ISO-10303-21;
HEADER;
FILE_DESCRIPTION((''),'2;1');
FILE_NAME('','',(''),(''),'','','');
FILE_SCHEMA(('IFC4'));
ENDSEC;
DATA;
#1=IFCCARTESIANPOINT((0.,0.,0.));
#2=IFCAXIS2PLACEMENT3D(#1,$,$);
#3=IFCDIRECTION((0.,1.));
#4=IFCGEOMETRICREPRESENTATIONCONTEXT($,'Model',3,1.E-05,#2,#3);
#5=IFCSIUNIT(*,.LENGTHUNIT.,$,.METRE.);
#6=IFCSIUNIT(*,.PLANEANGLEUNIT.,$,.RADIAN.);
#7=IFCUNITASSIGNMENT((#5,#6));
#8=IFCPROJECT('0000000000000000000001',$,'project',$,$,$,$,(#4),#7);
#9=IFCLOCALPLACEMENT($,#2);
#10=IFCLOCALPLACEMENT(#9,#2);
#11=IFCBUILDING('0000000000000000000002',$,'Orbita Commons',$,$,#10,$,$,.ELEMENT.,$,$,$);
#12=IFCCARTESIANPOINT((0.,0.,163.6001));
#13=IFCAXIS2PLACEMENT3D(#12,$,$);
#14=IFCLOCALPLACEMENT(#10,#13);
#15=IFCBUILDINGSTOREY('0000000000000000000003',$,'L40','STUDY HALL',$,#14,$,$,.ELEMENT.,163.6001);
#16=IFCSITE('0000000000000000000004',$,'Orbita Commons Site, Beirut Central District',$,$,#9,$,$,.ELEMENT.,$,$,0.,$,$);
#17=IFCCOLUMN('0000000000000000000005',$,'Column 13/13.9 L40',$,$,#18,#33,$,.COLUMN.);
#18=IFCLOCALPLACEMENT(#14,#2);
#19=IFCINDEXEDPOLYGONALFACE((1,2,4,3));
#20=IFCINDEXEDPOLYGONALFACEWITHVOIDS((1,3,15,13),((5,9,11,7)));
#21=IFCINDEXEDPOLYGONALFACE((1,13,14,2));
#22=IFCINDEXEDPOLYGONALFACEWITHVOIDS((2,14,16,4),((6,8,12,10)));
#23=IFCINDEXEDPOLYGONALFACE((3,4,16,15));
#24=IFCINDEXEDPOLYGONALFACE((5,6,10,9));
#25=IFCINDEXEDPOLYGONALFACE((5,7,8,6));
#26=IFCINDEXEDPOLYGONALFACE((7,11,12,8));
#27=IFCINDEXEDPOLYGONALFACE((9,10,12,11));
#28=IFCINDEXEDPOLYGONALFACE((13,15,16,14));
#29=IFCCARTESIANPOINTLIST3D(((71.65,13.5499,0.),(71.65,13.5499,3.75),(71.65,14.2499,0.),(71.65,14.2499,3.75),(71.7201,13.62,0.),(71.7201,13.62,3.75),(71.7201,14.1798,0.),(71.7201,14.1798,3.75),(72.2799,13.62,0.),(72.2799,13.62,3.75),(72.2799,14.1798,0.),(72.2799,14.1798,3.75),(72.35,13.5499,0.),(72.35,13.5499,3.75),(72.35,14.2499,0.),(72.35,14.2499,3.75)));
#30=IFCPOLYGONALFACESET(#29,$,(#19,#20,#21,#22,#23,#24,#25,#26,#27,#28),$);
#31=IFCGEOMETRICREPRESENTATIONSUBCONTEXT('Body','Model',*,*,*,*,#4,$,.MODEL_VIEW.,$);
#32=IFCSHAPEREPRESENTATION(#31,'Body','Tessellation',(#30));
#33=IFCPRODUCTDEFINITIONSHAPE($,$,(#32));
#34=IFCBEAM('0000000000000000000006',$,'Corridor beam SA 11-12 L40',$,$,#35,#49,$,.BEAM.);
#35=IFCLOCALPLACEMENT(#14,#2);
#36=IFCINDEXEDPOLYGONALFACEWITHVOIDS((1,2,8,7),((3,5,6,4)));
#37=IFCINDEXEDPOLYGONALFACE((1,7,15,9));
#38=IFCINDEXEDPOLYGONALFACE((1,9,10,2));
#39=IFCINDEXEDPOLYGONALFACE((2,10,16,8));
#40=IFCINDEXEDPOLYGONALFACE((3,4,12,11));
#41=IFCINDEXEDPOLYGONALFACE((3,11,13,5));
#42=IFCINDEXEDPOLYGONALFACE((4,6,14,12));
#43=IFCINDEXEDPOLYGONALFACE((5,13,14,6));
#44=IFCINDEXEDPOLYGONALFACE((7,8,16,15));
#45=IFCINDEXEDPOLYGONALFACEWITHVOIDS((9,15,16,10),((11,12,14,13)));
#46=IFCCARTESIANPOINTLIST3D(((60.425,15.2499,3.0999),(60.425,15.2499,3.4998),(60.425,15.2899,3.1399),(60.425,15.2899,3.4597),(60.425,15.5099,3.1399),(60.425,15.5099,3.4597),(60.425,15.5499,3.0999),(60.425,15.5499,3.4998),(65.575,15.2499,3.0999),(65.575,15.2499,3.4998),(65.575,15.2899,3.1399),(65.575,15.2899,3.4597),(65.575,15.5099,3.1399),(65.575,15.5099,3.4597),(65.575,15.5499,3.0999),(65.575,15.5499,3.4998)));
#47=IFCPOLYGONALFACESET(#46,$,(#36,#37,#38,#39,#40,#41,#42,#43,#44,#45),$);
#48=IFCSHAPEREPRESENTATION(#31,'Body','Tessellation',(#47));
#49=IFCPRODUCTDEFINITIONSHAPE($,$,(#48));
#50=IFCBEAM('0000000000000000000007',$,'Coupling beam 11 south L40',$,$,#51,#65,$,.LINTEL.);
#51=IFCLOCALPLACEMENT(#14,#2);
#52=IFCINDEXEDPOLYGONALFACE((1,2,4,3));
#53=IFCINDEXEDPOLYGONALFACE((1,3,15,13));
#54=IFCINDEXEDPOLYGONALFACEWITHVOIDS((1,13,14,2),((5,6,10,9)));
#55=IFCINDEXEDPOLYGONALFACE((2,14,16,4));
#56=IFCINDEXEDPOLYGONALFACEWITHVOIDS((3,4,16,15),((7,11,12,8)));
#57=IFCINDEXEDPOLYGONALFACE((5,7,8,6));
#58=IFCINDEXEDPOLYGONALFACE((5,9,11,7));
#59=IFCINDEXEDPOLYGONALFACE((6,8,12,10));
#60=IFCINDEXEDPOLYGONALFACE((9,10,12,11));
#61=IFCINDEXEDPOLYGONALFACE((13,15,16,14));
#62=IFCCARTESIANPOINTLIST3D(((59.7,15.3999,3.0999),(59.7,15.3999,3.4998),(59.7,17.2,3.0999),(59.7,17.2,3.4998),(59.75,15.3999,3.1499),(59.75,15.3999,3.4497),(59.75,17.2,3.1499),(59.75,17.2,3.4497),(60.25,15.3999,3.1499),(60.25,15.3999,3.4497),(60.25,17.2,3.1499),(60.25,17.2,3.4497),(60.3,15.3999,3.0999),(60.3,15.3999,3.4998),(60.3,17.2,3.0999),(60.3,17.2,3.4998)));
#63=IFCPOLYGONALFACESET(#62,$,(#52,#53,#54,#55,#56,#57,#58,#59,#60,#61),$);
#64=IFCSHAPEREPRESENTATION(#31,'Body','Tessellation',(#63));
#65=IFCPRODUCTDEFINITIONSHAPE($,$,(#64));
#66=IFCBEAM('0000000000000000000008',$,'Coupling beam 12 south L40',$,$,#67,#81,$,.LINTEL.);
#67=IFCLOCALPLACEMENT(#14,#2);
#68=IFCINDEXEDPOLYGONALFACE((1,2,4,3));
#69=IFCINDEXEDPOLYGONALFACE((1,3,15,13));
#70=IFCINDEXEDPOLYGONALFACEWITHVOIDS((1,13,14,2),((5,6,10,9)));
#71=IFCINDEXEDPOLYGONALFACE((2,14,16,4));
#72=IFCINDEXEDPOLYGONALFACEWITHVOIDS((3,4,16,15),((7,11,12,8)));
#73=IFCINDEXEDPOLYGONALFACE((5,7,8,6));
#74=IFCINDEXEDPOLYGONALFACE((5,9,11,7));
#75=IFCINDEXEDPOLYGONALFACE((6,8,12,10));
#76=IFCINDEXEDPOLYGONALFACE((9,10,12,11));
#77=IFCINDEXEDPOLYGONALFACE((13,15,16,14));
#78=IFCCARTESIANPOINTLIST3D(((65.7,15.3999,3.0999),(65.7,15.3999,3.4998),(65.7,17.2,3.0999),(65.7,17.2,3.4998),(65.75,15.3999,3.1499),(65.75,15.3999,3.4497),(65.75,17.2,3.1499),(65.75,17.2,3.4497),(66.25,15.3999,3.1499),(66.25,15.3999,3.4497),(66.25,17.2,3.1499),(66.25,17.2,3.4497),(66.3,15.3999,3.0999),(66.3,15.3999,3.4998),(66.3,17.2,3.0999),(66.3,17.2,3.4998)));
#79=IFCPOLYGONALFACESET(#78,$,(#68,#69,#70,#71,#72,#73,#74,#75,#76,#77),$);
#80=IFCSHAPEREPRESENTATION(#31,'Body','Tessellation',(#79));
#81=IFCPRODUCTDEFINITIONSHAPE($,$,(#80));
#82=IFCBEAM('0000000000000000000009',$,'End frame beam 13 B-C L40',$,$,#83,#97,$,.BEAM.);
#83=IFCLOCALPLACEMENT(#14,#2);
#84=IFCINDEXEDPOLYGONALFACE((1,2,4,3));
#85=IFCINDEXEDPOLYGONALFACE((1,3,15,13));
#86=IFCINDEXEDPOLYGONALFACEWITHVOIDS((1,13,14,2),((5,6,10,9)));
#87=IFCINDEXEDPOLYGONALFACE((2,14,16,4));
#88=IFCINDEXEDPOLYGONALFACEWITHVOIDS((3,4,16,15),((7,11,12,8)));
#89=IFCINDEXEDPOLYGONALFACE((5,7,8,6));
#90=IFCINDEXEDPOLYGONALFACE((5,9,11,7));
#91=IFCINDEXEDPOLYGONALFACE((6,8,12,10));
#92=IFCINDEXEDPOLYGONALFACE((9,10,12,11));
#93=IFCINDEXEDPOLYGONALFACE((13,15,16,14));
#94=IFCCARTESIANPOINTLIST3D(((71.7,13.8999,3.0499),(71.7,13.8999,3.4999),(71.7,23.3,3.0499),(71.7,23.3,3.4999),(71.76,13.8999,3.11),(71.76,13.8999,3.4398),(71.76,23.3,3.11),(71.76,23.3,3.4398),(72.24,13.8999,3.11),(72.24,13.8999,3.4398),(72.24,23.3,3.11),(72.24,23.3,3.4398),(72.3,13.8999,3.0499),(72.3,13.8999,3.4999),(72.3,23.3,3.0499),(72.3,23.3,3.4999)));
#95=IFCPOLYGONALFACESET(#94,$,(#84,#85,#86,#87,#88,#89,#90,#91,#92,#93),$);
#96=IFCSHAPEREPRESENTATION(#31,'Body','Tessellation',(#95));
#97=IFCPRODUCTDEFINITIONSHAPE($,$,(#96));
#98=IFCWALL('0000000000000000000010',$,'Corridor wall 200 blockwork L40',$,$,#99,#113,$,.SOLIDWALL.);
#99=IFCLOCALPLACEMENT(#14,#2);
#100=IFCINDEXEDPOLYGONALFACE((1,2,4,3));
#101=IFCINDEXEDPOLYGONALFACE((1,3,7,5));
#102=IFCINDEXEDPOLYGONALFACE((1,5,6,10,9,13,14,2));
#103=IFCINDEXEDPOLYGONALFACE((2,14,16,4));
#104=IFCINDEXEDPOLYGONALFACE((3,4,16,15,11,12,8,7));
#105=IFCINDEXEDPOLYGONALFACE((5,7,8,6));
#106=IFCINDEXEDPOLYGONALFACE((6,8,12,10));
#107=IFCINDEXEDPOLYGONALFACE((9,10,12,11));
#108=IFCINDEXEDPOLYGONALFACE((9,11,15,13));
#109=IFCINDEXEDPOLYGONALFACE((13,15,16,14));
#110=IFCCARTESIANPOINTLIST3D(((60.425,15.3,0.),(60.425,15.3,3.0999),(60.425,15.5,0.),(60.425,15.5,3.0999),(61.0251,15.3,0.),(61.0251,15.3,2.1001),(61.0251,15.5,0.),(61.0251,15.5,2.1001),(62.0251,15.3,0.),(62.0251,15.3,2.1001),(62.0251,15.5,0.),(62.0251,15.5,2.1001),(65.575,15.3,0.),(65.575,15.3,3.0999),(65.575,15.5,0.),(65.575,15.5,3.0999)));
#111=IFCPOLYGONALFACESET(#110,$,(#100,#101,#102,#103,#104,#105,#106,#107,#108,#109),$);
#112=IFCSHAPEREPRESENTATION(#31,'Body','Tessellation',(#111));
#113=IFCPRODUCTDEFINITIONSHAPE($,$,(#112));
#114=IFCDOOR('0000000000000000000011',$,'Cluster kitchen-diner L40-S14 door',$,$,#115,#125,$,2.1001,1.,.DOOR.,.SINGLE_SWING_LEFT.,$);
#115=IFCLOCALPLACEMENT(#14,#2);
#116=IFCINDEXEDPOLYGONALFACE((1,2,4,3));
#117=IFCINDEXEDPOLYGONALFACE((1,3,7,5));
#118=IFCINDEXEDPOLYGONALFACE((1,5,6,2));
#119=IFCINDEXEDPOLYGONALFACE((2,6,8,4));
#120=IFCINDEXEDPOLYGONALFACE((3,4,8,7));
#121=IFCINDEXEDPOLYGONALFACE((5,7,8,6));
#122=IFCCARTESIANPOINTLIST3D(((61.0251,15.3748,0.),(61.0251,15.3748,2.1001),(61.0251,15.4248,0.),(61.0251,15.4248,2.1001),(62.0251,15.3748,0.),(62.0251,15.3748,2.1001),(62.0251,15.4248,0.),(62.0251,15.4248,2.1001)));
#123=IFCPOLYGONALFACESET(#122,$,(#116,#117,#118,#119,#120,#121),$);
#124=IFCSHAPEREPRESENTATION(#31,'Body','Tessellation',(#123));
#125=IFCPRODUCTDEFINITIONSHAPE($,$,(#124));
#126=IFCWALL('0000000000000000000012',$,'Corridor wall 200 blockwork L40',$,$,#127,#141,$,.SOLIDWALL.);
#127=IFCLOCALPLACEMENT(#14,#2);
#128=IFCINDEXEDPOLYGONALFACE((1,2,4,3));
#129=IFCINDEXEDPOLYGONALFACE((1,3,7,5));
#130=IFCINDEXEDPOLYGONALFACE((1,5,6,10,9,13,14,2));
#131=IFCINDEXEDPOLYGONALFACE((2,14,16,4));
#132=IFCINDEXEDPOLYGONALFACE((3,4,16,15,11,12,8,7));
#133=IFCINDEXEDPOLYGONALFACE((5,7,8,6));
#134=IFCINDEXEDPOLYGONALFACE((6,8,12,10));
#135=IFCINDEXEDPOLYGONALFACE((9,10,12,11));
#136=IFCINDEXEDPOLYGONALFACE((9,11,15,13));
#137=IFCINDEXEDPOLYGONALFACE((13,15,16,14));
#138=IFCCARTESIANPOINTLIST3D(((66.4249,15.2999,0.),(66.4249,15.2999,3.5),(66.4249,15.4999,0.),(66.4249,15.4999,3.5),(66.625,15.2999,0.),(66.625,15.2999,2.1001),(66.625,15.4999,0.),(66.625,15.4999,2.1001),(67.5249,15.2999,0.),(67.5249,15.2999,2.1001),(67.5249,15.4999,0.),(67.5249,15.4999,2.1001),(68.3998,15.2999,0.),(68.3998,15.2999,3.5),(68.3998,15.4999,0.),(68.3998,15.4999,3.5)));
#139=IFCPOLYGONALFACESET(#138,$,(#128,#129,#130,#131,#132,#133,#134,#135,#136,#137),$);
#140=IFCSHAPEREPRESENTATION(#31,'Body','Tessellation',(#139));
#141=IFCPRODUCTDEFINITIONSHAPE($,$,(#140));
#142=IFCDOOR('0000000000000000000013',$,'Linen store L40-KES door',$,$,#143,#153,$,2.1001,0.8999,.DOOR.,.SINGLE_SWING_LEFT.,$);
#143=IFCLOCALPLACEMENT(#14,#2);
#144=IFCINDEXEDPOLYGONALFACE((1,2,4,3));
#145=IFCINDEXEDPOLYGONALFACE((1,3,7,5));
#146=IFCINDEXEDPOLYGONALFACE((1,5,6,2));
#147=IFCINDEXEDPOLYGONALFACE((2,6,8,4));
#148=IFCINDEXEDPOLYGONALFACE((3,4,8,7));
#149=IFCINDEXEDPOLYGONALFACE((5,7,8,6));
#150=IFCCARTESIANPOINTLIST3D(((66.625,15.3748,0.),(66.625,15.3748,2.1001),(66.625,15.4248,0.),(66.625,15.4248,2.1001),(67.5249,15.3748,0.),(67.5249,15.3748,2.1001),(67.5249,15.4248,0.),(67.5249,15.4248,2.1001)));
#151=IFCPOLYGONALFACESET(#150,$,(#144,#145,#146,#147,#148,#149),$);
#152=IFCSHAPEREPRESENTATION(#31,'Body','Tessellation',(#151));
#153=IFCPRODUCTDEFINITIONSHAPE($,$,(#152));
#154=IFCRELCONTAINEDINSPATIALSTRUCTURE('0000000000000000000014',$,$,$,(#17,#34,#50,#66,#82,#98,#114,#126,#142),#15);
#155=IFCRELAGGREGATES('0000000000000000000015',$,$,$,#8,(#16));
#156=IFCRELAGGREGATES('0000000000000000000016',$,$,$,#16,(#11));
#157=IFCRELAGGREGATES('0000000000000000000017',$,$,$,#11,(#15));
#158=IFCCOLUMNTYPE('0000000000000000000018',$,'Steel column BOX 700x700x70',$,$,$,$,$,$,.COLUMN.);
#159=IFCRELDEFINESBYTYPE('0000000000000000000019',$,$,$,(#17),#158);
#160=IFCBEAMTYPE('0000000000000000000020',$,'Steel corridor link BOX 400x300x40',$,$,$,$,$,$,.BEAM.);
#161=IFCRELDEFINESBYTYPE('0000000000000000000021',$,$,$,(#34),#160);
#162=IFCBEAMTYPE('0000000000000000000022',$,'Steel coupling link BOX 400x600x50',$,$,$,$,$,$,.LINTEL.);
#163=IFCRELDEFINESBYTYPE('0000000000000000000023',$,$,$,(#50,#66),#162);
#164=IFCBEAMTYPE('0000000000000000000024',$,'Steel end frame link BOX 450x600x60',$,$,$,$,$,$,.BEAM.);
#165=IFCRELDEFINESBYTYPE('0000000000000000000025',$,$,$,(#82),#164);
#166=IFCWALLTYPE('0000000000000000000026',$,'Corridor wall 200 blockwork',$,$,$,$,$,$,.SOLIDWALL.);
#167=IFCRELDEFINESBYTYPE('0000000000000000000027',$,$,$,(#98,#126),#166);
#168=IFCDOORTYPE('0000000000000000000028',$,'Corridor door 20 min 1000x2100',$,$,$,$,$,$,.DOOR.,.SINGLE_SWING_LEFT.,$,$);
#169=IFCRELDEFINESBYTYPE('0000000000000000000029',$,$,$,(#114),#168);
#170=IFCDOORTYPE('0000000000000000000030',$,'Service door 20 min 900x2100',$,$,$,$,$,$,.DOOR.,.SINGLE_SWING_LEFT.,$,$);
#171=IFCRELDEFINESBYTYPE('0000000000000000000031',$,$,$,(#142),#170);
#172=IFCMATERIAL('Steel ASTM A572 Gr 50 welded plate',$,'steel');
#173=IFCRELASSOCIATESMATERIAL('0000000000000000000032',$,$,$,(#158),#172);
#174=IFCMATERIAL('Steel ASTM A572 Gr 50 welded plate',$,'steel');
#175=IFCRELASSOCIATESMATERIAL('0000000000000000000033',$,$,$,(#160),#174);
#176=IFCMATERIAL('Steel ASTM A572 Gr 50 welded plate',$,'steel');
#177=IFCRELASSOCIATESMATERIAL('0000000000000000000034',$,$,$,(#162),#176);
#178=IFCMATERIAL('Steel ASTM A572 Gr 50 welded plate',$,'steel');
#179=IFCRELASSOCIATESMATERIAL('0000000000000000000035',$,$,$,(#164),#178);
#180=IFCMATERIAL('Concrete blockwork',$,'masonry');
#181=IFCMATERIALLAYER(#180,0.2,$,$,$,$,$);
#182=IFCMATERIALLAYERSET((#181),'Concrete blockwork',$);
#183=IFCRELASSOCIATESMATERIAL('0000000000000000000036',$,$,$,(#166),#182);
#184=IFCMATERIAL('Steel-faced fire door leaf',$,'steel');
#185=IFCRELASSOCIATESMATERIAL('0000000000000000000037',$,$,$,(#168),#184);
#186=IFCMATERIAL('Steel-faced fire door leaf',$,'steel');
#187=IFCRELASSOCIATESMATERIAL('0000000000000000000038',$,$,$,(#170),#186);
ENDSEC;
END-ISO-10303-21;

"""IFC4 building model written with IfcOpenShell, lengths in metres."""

from ifc_helpers import new_model, si_unit, direction, frame, frame_2d, origin, origin_2d, place, context, subcontext, project, spatial, polyline, rectangle, hollow_rectangle, outline, extrude, material, layer, layer_set, material_profile, profile_set, type_object, element, fill, save


model = new_model("IFC4")

# Units and contexts
model_context = context("Model", 3, precision=1e-05, world=origin(), true_north=direction((0.0, 1.0)))
body_context = subcontext(model_context, "Body", "Model", "MODEL_VIEW")
ifc_project = project(units=[si_unit("LENGTHUNIT", "METRE"), si_unit("PLANEANGLEUNIT", "RADIAN")], contexts=[model_context])

# Site, building, storey
site_placement = place(None, origin())
site = spatial("IfcSite", under=ifc_project, at=site_placement, Name="Orbita Commons Site, Beirut Central District", CompositionType="ELEMENT", RefElevation=0.0)
building_placement = place(site_placement, origin())
building = spatial("IfcBuilding", under=site, at=building_placement, Name="Orbita Commons", CompositionType="ELEMENT")
storey_placement = place(building_placement, frame((0.0, 0.0, 163.6001)))
storey = spatial("IfcBuildingStorey", under=building, at=storey_placement, Name="L40", Description="STUDY HALL", CompositionType="ELEMENT", Elevation=163.6001)

# Column
ifc_material_1 = material(Name="Steel ASTM A572 Gr 50 welded plate", Category="steel")
ifc_material_profile_1 = material_profile(ifc_material_1, hollow_rectangle(XDim=0.7, YDim=0.7, WallThickness=0.0701, at=origin_2d()), Name="BOX 700x700x70")
ifc_profile_set_1 = profile_set([ifc_material_profile_1], Name="Steel ASTM A572 Gr 50 welded plate")
column_type = type_object("IfcColumnType", Name="Steel column BOX 700x700x70", PredefinedType="COLUMN", material=ifc_profile_set_1)
column_placement = place(storey_placement, frame((72.0, 13.8999, 0.0), z_axis=(0.0, 0.0, 1.0), x_axis=(1.0, 0.0, 0.0)))
element("IfcColumn", 1, at=column_placement, inside=storey, type_object=column_type, Name="Column 13/13.9 L40", PredefinedType="COLUMN", context=body_context, shape_type="SweptSolid", body=[
    extrude(hollow_rectangle(XDim=0.7, YDim=0.7, WallThickness=0.0701, at=origin_2d()), origin(), (0.0, 0.0, 1.0), 3.75),
])

# Beams
ifc_material_2 = material(Name="Steel ASTM A572 Gr 50 welded plate", Category="steel")
ifc_material_profile_2 = material_profile(ifc_material_2, hollow_rectangle(XDim=0.3, YDim=0.3999, WallThickness=0.04, at=origin_2d()), Name="BOX 400x300x40")
ifc_profile_set_2 = profile_set([ifc_material_profile_2], Name="Steel ASTM A572 Gr 50 welded plate")
beam_type_1 = type_object("IfcBeamType", Name="Steel corridor link BOX 400x300x40", PredefinedType="BEAM", material=ifc_profile_set_2)
beam_1_placement = place(storey_placement, frame((60.425, 15.3999, 3.2998), z_axis=(1.0, 0.0, 0.0), x_axis=(0.0, 1.0, 0.0)))
element("IfcBeam", 2, at=beam_1_placement, inside=storey, type_object=beam_type_1, Name="Corridor beam SA 11-12 L40", PredefinedType="BEAM", context=body_context, shape_type="SweptSolid", body=[
    extrude(hollow_rectangle(XDim=0.3, YDim=0.3999, WallThickness=0.04, at=origin_2d()), origin(), (0.0, 0.0, 1.0), 5.1499),
])
ifc_material_3 = material(Name="Steel ASTM A572 Gr 50 welded plate", Category="steel")
ifc_material_profile_3 = material_profile(ifc_material_3, hollow_rectangle(XDim=0.6001, YDim=0.3999, WallThickness=0.05, at=origin_2d()), Name="BOX 400x600x50")
ifc_profile_set_3 = profile_set([ifc_material_profile_3], Name="Steel ASTM A572 Gr 50 welded plate")
beam_type_2 = type_object("IfcBeamType", Name="Steel coupling link BOX 400x600x50", PredefinedType="LINTEL", material=ifc_profile_set_3)
for number, where, z_axis, x_axis, name in (
    (3, (60.0, 15.3999, 3.2998), (0.0, 1.0, 0.0), (-1.0, 0.0, 0.0), "Coupling beam 11 south L40"),
    (4, (66.0, 15.3999, 3.2998), (0.0, 1.0, 0.0), (-1.0, 0.0, 0.0), "Coupling beam 12 south L40"),
):
    element("IfcBeam", number, at=place(storey_placement, frame(where, z_axis=z_axis, x_axis=x_axis)), inside=storey, type_object=beam_type_2, Name=name, PredefinedType="LINTEL", context=body_context, shape_type="SweptSolid", body=[
        extrude(hollow_rectangle(XDim=0.6001, YDim=0.3999, WallThickness=0.05, at=origin_2d()), origin(), (0.0, 0.0, 1.0), 1.8),
    ])
ifc_material_4 = material(Name="Steel ASTM A572 Gr 50 welded plate", Category="steel")
ifc_material_profile_4 = material_profile(ifc_material_4, hollow_rectangle(XDim=0.6001, YDim=0.45, WallThickness=0.0601, at=origin_2d()), Name="BOX 450x600x60")
ifc_profile_set_4 = profile_set([ifc_material_profile_4], Name="Steel ASTM A572 Gr 50 welded plate")
beam_type_3 = type_object("IfcBeamType", Name="Steel end frame link BOX 450x600x60", PredefinedType="BEAM", material=ifc_profile_set_4)
beam_2_placement = place(storey_placement, frame((72.0, 13.8999, 3.2749), z_axis=(0.0, 1.0, 0.0), x_axis=(-1.0, 0.0, 0.0)))
element("IfcBeam", 5, at=beam_2_placement, inside=storey, type_object=beam_type_3, Name="End frame beam 13 B-C L40", PredefinedType="BEAM", context=body_context, shape_type="SweptSolid", body=[
    extrude(hollow_rectangle(XDim=0.6001, YDim=0.45, WallThickness=0.0601, at=origin_2d()), origin(), (0.0, 0.0, 1.0), 9.4001),
])

# Walls, openings, doors
ifc_material_5 = material(Name="Concrete blockwork", Category="masonry")
ifc_layer_1 = layer(ifc_material_5, 0.2)
ifc_layer_set_1 = layer_set([ifc_layer_1], Name="Concrete blockwork")
wall_type_1 = type_object("IfcWallType", Name="Corridor wall 200 blockwork", PredefinedType="SOLIDWALL", material=ifc_layer_set_1)
wall_1_placement = place(storey_placement, frame((60.425, 15.3999, 0.0), z_axis=(0.0, 0.0, 1.0), x_axis=(1.0, 0.0, 0.0)))
wall_1 = element("IfcWall", 6, at=wall_1_placement, inside=storey, type_object=wall_type_1, Name="Corridor wall 200 blockwork L40", PredefinedType="SOLIDWALL", context=body_context, shape_type="SweptSolid", body=[
    extrude(outline(polyline([(0.0, 0.0), (5.1499, 0.0), (5.1499, 3.0999), (0.0, 3.0999), (0.0, 0.0)])), frame((0.0, 0.1001, 0.0), z_axis=(0.0, -1.0, 0.0), x_axis=(1.0, 0.0, 0.0)), (0.0, 0.0, 1.0), 0.2),
])
opening_1_placement = place(wall_1_placement, frame((0.6001, 0.0, 0.0)))
opening_1 = element("IfcOpeningElement", 7, at=opening_1_placement, cuts=wall_1, PredefinedType="OPENING", context=body_context, shape_type="SweptSolid", body=[
    extrude(rectangle(XDim=1.0, YDim=2.1001, at=frame_2d((0.5, 1.05))), frame((0.0, 0.1099, 0.0), z_axis=(0.0, -1.0, 0.0), x_axis=(1.0, 0.0, 0.0)), (0.0, 0.0, 1.0), 0.22),
])
ifc_material_6 = material(Name="Steel-faced fire door leaf", Category="steel")
door_type_1 = type_object("IfcDoorType", Name="Corridor door 20 min 1000x2100", OperationType="SINGLE_SWING_LEFT", PredefinedType="DOOR", material=ifc_material_6)
door_1_placement = place(opening_1_placement, origin())
door_1 = element("IfcDoor", 8, at=door_1_placement, inside=storey, type_object=door_type_1, Name="Cluster kitchen-diner L40-S14 door", OperationType="SINGLE_SWING_LEFT", OverallHeight=2.1001, OverallWidth=1.0, PredefinedType="DOOR", context=body_context, shape_type="SweptSolid", body=[
    extrude(rectangle(XDim=1.0, YDim=2.1001, at=frame_2d((0.5, 1.05))), frame((0.0, 0.0249, 0.0), z_axis=(0.0, -1.0, 0.0), x_axis=(1.0, 0.0, 0.0)), (0.0, 0.0, 1.0), 0.05),
])
fill(opening_1, door_1)
wall_2_placement = place(storey_placement, frame((66.425, 15.3999, 0.0), z_axis=(0.0, 0.0, 1.0), x_axis=(1.0, 0.0, 0.0)))
wall_2 = element("IfcWall", 9, at=wall_2_placement, inside=storey, type_object=wall_type_1, Name="Corridor wall 200 blockwork L40", PredefinedType="SOLIDWALL", context=body_context, shape_type="SweptSolid", body=[
    extrude(rectangle(XDim=1.9749, YDim=0.2, at=frame_2d((0.9873, 0.0))), origin(), (0.0, 0.0, 1.0), 3.5),
])
opening_2_placement = place(wall_2_placement, frame((0.2, 0.0, 0.0)))
opening_2 = element("IfcOpeningElement", 10, at=opening_2_placement, cuts=wall_2, PredefinedType="OPENING", context=body_context, shape_type="SweptSolid", body=[
    extrude(rectangle(XDim=0.8999, YDim=2.1001, at=frame_2d((0.45, 1.05))), frame((0.0, 0.1099, 0.0), z_axis=(0.0, -1.0, 0.0), x_axis=(1.0, 0.0, 0.0)), (0.0, 0.0, 1.0), 0.22),
])
ifc_material_7 = material(Name="Steel-faced fire door leaf", Category="steel")
door_type_2 = type_object("IfcDoorType", Name="Service door 20 min 900x2100", OperationType="SINGLE_SWING_LEFT", PredefinedType="DOOR", material=ifc_material_7)
door_2_placement = place(opening_2_placement, origin())
door_2 = element("IfcDoor", 11, at=door_2_placement, inside=storey, type_object=door_type_2, Name="Linen store L40-KES door", OperationType="SINGLE_SWING_LEFT", OverallHeight=2.1001, OverallWidth=0.8999, PredefinedType="DOOR", context=body_context, shape_type="SweptSolid", body=[
    extrude(rectangle(XDim=0.8999, YDim=2.1001, at=frame_2d((0.45, 1.05))), frame((0.0, 0.0249, 0.0), z_axis=(0.0, -1.0, 0.0), x_axis=(1.0, 0.0, 0.0)), (0.0, 0.0, 1.0), 0.05),
])
fill(opening_2, door_2)

save(model, "model.ifc")
